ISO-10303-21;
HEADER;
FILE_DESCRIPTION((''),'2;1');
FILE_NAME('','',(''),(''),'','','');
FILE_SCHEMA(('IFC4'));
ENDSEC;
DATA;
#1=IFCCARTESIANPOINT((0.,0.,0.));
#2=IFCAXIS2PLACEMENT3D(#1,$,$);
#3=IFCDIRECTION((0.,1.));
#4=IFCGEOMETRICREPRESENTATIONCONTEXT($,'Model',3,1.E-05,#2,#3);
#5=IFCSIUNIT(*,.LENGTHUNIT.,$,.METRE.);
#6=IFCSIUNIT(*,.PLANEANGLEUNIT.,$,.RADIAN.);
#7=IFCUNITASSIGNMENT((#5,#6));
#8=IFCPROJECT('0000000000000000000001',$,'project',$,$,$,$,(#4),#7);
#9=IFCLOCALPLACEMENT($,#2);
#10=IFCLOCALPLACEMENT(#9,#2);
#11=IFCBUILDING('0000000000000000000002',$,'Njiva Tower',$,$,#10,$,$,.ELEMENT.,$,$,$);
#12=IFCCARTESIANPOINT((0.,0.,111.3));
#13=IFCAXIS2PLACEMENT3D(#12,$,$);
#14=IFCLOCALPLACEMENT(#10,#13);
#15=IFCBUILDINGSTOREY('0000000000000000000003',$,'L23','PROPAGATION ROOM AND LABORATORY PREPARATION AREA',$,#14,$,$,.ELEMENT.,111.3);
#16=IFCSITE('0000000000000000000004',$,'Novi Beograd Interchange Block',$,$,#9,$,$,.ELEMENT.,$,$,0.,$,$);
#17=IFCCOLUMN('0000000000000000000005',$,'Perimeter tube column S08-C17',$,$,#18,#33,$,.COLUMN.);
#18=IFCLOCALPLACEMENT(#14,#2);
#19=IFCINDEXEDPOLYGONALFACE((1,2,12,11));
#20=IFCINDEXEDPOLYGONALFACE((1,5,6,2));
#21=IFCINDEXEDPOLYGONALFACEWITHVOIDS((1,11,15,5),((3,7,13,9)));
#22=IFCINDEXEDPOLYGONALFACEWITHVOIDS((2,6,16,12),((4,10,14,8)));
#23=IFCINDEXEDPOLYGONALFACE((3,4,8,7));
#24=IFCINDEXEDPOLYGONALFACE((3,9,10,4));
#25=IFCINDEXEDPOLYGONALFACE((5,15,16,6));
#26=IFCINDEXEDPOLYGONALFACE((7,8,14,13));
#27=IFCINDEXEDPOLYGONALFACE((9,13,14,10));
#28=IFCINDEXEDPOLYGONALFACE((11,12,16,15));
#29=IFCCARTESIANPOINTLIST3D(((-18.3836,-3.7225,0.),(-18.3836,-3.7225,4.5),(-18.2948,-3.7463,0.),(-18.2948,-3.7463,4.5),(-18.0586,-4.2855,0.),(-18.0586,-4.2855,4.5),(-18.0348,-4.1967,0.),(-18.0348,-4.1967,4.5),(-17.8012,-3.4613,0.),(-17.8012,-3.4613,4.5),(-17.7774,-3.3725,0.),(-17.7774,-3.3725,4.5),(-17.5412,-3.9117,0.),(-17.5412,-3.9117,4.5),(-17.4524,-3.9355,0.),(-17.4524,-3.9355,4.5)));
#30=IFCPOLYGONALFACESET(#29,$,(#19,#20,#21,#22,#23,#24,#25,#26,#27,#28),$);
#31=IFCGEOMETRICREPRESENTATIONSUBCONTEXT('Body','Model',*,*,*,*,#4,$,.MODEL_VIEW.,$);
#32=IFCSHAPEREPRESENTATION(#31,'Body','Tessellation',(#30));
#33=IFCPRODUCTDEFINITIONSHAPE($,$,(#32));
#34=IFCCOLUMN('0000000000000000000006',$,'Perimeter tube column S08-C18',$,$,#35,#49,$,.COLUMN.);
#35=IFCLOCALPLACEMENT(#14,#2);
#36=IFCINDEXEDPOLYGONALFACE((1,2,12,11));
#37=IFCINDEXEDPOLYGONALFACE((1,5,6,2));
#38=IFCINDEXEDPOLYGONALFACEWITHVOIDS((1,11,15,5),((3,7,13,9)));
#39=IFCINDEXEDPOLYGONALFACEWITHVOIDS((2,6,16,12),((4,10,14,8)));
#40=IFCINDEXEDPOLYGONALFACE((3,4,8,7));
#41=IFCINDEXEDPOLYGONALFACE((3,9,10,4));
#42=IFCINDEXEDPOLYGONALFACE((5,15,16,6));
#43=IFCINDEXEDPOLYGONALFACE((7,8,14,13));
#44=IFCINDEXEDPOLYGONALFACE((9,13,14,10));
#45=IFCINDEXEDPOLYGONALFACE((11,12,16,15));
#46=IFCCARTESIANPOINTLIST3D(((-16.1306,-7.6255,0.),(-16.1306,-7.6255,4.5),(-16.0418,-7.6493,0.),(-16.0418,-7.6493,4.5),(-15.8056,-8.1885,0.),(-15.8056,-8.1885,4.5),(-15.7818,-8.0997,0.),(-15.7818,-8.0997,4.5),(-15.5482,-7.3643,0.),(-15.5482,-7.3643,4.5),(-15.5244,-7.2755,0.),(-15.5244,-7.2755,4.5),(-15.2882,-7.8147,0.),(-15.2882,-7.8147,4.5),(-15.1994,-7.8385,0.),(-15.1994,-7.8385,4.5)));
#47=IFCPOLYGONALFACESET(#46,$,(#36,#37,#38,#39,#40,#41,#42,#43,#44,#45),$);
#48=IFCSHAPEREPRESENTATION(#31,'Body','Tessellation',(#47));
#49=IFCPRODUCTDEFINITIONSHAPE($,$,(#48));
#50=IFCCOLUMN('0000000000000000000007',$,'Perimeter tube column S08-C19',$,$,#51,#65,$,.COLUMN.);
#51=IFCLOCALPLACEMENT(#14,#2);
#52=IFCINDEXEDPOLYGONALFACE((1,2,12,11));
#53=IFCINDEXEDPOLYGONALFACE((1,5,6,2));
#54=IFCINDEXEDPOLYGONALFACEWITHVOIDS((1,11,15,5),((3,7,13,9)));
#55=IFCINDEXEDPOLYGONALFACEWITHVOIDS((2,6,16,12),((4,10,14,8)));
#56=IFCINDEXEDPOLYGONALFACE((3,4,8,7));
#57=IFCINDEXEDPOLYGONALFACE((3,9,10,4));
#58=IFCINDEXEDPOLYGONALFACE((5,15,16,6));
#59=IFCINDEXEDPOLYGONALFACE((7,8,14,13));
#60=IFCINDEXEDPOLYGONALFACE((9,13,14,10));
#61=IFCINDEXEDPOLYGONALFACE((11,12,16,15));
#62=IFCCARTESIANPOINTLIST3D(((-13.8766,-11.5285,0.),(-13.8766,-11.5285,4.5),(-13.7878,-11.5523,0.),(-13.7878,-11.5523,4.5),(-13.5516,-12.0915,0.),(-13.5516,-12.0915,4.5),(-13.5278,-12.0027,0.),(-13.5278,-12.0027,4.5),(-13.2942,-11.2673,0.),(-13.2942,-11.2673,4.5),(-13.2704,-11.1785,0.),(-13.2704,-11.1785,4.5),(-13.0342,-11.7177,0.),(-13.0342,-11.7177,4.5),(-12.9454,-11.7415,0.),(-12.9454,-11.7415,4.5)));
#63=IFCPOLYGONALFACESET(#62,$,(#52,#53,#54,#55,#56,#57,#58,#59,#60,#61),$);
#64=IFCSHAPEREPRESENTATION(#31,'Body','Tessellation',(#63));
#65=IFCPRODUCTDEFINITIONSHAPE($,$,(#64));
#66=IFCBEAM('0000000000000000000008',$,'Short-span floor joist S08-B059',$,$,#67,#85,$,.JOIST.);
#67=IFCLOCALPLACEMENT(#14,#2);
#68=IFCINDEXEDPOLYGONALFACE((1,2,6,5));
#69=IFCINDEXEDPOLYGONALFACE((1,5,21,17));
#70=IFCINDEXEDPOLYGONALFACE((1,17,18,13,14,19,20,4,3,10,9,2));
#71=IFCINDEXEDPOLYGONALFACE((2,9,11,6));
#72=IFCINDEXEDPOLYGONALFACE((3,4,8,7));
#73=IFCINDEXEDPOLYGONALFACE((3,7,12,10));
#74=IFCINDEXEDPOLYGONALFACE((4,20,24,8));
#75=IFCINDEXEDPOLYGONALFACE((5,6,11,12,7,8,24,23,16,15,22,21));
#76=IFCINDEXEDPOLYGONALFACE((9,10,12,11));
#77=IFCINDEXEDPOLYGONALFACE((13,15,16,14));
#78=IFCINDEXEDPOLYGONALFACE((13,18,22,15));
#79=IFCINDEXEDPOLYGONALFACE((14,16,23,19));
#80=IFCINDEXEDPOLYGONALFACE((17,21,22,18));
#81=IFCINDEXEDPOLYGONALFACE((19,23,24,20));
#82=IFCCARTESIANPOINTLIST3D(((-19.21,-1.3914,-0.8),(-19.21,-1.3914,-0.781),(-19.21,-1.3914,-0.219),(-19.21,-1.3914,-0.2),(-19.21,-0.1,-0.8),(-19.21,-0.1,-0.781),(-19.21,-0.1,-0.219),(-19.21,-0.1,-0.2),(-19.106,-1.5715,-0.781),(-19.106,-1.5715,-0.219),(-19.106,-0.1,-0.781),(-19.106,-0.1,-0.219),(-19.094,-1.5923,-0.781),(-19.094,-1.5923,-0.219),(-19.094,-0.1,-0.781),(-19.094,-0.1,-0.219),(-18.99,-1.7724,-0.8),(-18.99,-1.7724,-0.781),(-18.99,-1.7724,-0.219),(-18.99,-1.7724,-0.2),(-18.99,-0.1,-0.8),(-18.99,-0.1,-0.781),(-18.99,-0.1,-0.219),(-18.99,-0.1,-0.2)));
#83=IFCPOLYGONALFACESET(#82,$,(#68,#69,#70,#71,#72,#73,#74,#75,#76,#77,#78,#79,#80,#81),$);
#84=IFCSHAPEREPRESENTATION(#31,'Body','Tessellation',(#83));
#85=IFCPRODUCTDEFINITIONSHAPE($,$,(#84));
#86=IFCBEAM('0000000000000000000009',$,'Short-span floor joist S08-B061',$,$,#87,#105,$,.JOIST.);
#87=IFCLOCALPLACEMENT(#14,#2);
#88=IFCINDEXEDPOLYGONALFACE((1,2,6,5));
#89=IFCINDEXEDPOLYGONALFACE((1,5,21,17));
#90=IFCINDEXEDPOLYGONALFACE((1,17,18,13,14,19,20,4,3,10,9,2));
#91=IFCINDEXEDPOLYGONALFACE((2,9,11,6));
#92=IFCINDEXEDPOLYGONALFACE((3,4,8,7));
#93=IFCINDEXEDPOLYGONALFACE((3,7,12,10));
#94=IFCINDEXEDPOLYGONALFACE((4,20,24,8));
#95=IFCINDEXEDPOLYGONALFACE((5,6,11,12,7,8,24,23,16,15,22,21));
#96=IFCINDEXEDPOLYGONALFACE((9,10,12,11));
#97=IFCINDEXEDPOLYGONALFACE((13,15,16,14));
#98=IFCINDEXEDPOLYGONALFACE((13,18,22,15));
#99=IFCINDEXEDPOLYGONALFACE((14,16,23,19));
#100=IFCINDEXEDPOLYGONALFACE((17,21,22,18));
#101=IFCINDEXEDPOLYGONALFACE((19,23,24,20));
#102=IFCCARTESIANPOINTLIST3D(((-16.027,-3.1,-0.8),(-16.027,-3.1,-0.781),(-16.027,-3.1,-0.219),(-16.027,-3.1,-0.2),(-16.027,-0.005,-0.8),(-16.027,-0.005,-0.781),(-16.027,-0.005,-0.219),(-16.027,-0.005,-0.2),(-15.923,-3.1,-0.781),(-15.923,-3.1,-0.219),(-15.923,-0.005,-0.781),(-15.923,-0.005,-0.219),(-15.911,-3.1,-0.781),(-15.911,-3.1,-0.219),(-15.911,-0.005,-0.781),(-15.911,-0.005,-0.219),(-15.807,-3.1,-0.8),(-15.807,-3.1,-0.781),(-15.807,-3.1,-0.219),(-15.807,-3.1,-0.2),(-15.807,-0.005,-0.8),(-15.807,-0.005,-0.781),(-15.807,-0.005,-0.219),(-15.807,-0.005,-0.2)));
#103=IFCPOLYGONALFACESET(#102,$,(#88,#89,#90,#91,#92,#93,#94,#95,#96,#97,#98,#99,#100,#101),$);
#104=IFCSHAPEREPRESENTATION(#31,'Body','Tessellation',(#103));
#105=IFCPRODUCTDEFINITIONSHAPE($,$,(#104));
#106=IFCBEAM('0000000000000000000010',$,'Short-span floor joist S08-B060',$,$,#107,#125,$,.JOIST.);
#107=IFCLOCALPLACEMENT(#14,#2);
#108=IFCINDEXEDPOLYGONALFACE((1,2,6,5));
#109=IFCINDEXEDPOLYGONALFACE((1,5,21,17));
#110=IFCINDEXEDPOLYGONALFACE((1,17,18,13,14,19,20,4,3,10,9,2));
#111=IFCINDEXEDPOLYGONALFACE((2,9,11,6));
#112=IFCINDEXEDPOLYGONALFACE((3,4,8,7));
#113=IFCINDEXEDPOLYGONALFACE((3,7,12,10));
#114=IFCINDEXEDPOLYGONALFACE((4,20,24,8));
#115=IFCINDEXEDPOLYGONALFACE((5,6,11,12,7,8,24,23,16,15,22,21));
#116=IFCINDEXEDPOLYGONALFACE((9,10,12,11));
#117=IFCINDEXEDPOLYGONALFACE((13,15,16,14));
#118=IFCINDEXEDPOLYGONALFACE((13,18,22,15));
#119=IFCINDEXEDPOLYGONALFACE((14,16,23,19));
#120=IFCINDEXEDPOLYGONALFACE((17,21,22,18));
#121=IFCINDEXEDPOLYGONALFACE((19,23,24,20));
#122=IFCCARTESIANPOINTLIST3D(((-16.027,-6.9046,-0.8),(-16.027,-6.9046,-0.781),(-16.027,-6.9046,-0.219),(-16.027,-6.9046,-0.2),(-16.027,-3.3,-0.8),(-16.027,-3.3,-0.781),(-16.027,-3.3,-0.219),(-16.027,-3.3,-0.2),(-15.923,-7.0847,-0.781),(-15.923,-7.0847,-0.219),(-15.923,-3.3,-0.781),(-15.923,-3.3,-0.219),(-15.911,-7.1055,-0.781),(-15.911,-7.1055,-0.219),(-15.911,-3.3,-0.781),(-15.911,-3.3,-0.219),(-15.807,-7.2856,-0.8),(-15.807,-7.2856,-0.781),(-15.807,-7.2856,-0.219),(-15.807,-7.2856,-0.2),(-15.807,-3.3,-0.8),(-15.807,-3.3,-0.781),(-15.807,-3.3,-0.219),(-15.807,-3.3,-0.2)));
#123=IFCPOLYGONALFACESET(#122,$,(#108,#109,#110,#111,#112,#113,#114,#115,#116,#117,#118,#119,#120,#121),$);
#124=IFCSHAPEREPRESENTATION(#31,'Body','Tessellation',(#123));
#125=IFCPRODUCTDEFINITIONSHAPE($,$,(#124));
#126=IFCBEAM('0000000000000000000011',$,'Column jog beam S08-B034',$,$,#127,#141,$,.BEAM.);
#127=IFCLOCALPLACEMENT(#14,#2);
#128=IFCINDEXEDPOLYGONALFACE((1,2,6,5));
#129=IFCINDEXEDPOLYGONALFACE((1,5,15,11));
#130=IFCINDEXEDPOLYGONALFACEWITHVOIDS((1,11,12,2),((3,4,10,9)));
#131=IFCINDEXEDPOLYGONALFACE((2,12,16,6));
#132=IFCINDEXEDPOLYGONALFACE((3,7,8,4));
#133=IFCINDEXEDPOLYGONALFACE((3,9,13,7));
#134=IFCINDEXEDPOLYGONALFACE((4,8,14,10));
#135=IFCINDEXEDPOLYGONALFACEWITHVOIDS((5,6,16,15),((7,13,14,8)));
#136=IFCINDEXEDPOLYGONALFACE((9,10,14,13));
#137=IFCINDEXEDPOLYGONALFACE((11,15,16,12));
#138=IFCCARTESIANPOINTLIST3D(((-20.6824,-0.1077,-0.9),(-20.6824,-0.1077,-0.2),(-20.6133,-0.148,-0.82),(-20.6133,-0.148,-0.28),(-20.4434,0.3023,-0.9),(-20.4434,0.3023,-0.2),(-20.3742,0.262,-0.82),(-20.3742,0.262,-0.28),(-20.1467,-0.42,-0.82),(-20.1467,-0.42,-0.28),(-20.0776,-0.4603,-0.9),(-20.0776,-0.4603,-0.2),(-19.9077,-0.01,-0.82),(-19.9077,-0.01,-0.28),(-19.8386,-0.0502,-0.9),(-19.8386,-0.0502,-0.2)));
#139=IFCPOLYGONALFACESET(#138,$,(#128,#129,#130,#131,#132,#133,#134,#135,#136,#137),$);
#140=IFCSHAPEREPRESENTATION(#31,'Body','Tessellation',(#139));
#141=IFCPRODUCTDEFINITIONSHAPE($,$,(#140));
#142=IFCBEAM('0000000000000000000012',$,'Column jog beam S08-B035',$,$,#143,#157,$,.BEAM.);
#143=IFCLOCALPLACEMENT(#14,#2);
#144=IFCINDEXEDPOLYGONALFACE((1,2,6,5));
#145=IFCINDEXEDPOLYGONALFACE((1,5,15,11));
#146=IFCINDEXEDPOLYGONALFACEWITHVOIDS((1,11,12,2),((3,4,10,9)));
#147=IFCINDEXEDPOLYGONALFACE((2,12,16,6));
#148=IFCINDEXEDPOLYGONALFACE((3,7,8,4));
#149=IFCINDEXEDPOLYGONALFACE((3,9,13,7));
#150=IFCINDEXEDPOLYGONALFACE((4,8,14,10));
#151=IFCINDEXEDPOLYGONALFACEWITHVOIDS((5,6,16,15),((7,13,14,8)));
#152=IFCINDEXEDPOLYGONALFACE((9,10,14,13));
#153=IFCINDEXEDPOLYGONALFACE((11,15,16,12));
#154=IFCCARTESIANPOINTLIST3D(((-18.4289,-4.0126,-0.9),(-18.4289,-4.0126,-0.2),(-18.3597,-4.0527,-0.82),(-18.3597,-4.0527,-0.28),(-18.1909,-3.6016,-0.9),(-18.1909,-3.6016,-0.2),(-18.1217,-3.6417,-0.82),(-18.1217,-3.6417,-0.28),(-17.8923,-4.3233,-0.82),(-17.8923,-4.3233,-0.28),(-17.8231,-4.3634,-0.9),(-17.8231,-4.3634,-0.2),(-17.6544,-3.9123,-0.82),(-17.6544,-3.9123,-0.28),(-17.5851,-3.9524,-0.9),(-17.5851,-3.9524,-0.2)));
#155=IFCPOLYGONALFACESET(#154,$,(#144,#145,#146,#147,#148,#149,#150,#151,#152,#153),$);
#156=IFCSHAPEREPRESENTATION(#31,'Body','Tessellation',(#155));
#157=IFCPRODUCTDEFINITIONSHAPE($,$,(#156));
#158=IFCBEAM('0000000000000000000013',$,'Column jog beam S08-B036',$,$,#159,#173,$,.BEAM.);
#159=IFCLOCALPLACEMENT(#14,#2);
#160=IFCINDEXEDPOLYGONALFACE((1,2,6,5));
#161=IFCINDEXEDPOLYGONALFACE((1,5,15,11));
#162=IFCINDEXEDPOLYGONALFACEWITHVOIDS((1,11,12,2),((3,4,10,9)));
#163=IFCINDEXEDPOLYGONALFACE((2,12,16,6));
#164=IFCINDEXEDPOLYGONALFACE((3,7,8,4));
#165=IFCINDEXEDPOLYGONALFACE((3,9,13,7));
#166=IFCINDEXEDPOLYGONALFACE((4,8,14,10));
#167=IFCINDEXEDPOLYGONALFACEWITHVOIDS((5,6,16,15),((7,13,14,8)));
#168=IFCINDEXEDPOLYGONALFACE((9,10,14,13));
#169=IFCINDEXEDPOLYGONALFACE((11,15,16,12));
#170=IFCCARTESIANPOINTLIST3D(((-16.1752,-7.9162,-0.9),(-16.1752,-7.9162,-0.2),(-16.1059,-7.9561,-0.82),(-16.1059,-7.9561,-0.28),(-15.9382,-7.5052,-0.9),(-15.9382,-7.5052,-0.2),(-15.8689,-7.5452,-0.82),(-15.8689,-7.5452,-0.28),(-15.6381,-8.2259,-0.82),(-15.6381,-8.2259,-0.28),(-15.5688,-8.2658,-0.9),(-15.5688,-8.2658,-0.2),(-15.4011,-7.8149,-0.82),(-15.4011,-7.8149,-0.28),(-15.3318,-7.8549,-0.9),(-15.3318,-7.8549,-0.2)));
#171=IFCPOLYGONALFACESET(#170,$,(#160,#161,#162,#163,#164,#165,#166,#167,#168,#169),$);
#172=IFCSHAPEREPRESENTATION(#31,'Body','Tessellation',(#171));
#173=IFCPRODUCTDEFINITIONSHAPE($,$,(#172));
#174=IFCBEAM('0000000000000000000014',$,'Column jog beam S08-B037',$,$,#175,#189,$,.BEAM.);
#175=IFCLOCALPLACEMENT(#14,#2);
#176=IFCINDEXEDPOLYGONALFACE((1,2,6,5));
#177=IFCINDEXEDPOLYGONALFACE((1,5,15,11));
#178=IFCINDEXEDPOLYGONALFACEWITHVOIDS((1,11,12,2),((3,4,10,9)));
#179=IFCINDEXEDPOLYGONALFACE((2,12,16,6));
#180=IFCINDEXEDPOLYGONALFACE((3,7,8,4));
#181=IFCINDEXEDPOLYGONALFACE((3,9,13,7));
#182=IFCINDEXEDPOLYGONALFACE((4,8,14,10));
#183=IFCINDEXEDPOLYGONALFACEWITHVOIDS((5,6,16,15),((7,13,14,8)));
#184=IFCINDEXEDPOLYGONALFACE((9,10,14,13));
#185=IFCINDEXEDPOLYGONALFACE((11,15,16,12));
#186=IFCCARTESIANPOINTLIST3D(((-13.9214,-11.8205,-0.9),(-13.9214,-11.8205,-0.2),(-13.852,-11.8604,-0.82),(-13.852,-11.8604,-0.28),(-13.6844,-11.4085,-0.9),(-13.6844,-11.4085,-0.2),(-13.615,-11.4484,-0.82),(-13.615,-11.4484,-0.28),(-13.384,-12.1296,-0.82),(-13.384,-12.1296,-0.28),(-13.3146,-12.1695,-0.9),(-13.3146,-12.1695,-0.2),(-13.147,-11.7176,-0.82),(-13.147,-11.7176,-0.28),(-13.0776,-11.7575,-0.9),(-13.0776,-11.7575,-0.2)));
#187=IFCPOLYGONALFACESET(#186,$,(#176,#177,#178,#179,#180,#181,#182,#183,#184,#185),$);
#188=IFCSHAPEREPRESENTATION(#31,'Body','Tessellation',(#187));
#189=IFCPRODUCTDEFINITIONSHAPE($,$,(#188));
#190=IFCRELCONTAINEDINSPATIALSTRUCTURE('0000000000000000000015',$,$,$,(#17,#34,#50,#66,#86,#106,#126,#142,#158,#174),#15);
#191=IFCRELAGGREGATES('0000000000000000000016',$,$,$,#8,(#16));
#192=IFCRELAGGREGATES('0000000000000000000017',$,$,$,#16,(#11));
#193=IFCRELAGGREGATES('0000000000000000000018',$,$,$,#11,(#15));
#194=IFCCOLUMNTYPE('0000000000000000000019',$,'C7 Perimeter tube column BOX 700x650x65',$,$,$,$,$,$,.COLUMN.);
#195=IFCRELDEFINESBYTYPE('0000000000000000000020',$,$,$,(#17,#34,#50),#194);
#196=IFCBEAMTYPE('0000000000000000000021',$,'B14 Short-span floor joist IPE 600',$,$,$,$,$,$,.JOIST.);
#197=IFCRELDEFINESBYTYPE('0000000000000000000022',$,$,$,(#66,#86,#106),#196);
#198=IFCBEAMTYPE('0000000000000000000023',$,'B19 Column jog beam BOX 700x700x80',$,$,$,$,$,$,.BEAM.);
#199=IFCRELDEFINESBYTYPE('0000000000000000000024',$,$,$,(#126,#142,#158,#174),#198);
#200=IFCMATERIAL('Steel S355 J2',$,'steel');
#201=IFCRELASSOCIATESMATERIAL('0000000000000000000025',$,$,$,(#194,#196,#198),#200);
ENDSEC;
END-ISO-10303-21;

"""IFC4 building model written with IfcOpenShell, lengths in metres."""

from ifc_helpers import new_model, si_unit, direction, frame, origin, origin_2d, place, context, subcontext, project, spatial, hollow_rectangle, i_section, extrude, clip, halfspace, material, material_profile, profile_set, type_object, element, save


model = new_model("IFC4")

# Units and contexts
model_context = context("Model", 3, precision=1e-05, world=origin(), true_north=direction((0.0, 1.0)))
body_context = subcontext(model_context, "Body", "Model", "MODEL_VIEW")
ifc_project = project(units=[si_unit("LENGTHUNIT", "METRE"), si_unit("PLANEANGLEUNIT", "RADIAN")], contexts=[model_context])

# Site, building, storey
site_placement = place(None, origin())
site = spatial("IfcSite", under=ifc_project, at=site_placement, Name="Novi Beograd Interchange Block", CompositionType="ELEMENT", RefElevation=0.0)
building_placement = place(site_placement, origin())
building = spatial("IfcBuilding", under=site, at=building_placement, Name="Njiva Tower", CompositionType="ELEMENT")
storey_placement = place(building_placement, frame((0.0, 0.0, 111.3)))
storey = spatial("IfcBuildingStorey", under=building, at=storey_placement, Name="L23", Description="PROPAGATION ROOM AND LABORATORY PREPARATION AREA", CompositionType="ELEMENT", Elevation=111.3)

# Columns
ifc_material_1 = material(Name="Steel S355 J2", Category="steel")
ifc_material_profile_1 = material_profile(ifc_material_1, hollow_rectangle(XDim=0.65, YDim=0.7, WallThickness=0.065, at=origin_2d()), Name="BOX 700x650x65")
ifc_profile_set_1 = profile_set([ifc_material_profile_1], Name="Steel S355 J2")
column_type = type_object("IfcColumnType", Name="C7 Perimeter tube column BOX 700x650x65", PredefinedType="COLUMN", material=ifc_profile_set_1)
for number, where, z_axis, x_axis, name in (
    (1, (-17.918, -3.829, 0.0), (0.0, 0.0, 1.0), (0.5, -0.866025, 0.0), "Perimeter tube column S08-C17"),
    (2, (-15.665, -7.732, 0.0), (0.0, 0.0, 1.0), (0.5, -0.866025, 0.0), "Perimeter tube column S08-C18"),
    (3, (-13.411, -11.635, 0.0), (0.0, 0.0, 1.0), (0.5, -0.866025, 0.0), "Perimeter tube column S08-C19"),
):
    element("IfcColumn", number, at=place(storey_placement, frame(where, z_axis=z_axis, x_axis=x_axis)), inside=storey, type_object=column_type, Name=name, PredefinedType="COLUMN", context=body_context, shape_type="SweptSolid", body=[
        extrude(hollow_rectangle(XDim=0.65, YDim=0.7, WallThickness=0.065, at=origin_2d()), origin(), (0.0, 0.0, 1.0), 4.5),
    ])

# Beams
ifc_material_profile_2 = material_profile(ifc_material_1, i_section(OverallWidth=0.22, OverallDepth=0.6, WebThickness=0.012, FlangeThickness=0.019, at=origin_2d()), Name="IPE 600")
ifc_profile_set_2 = profile_set([ifc_material_profile_2], Name="Steel S355 J2")
beam_type_1 = type_object("IfcBeamType", Name="B14 Short-span floor joist IPE 600", PredefinedType="JOIST", material=ifc_profile_set_2)
beam_1_placement = place(storey_placement, frame((-19.1, -0.1, -0.5), z_axis=(0.0, -1.0, 0.0), x_axis=(1.0, 0.0, 0.0)))
element("IfcBeam", 4, at=beam_1_placement, inside=storey, type_object=beam_type_1, Name="Short-span floor joist S08-B059", PredefinedType="JOIST", context=body_context, shape_type="Clipping", body=[
    clip(extrude(i_section(OverallWidth=0.22, OverallDepth=0.6, WebThickness=0.012, FlangeThickness=0.019, at=origin_2d()), origin(), (0.0, 0.0, 1.0), 1.693), halfspace(frame((-0.0433, 0.0, 1.4069), z_axis=(-0.866027, 0.0, 0.499998), x_axis=(0.0, 1.0, 0.0)), False)),
])
beam_2_placement = place(storey_placement, frame((-15.917, -0.005, -0.5), z_axis=(0.0, -1.0, 0.0), x_axis=(1.0, 0.0, 0.0)))
element("IfcBeam", 5, at=beam_2_placement, inside=storey, type_object=beam_type_1, Name="Short-span floor joist S08-B061", PredefinedType="JOIST", context=body_context, shape_type="SweptSolid", body=[
    extrude(i_section(OverallWidth=0.22, OverallDepth=0.6, WebThickness=0.012, FlangeThickness=0.019, at=origin_2d()), origin(), (0.0, 0.0, 1.0), 3.095),
])
beam_3_placement = place(storey_placement, frame((-15.917, -3.3, -0.5), z_axis=(0.0, -1.0, 0.0), x_axis=(1.0, 0.0, 0.0)))
element("IfcBeam", 6, at=beam_3_placement, inside=storey, type_object=beam_type_1, Name="Short-span floor joist S08-B060", PredefinedType="JOIST", context=body_context, shape_type="Clipping", body=[
    clip(extrude(i_section(OverallWidth=0.22, OverallDepth=0.6, WebThickness=0.012, FlangeThickness=0.019, at=origin_2d()), origin(), (0.0, 0.0, 1.0), 4.007), halfspace(frame((-0.043, 0.0, 3.7206), z_axis=(-0.866027, 0.0, 0.499998), x_axis=(0.0, 1.0, 0.0)), False)),
])
ifc_material_profile_3 = material_profile(ifc_material_1, hollow_rectangle(XDim=0.7, YDim=0.7, WallThickness=0.08, at=origin_2d()), Name="BOX 700x700x80")
ifc_profile_set_3 = profile_set([ifc_material_profile_3], Name="Steel S355 J2")
beam_type_2 = type_object("IfcBeamType", Name="B19 Column jog beam BOX 700x700x80", PredefinedType="BEAM", material=ifc_profile_set_3)
beam_4_placement = place(storey_placement, frame((-20.38, -0.284, -0.55), z_axis=(0.503609, 0.863932, 0.0), x_axis=(-0.863932, 0.503609, 0.0)))
element("IfcBeam", 7, at=beam_4_placement, inside=storey, type_object=beam_type_2, Name="Column jog beam S08-B034", PredefinedType="BEAM", context=body_context, shape_type="SweptSolid", body=[
    extrude(hollow_rectangle(XDim=0.7, YDim=0.7, WallThickness=0.08, at=origin_2d()), origin(), (0.0, 0.0, 1.0), 0.4746),
])
beam_5_placement = place(storey_placement, frame((-18.126, -4.188, -0.55), z_axis=(0.501119, 0.865378, 0.0), x_axis=(-0.865378, 0.501119, 0.0)))
element("IfcBeam", 8, at=beam_5_placement, inside=storey, type_object=beam_type_2, Name="Column jog beam S08-B035", PredefinedType="BEAM", context=body_context, shape_type="SweptSolid", body=[
    extrude(hollow_rectangle(XDim=0.7, YDim=0.7, WallThickness=0.08, at=origin_2d()), origin(), (0.0, 0.0, 1.0), 0.4749),
])
beam_6_placement = place(storey_placement, frame((-15.872, -8.091, -0.55), z_axis=(0.49954, 0.866291, 0.0), x_axis=(-0.866291, 0.49954, 0.0)))
element("IfcBeam", 9, at=beam_6_placement, inside=storey, type_object=beam_type_2, Name="Column jog beam S08-B036", PredefinedType="BEAM", context=body_context, shape_type="SweptSolid", body=[
    extrude(hollow_rectangle(XDim=0.7, YDim=0.7, WallThickness=0.08, at=origin_2d()), origin(), (0.0, 0.0, 1.0), 0.4744),
])
beam_7_placement = place(storey_placement, frame((-13.618, -11.995, -0.55), z_axis=(0.498629, 0.866815, 0.0), x_axis=(-0.866815, 0.498629, 0.0)))
element("IfcBeam", 10, at=beam_7_placement, inside=storey, type_object=beam_type_2, Name="Column jog beam S08-B037", PredefinedType="BEAM", context=body_context, shape_type="SweptSolid", body=[
    extrude(hollow_rectangle(XDim=0.7, YDim=0.7, WallThickness=0.08, at=origin_2d()), origin(), (0.0, 0.0, 1.0), 0.4753),
])

save(model, "model.ifc")
